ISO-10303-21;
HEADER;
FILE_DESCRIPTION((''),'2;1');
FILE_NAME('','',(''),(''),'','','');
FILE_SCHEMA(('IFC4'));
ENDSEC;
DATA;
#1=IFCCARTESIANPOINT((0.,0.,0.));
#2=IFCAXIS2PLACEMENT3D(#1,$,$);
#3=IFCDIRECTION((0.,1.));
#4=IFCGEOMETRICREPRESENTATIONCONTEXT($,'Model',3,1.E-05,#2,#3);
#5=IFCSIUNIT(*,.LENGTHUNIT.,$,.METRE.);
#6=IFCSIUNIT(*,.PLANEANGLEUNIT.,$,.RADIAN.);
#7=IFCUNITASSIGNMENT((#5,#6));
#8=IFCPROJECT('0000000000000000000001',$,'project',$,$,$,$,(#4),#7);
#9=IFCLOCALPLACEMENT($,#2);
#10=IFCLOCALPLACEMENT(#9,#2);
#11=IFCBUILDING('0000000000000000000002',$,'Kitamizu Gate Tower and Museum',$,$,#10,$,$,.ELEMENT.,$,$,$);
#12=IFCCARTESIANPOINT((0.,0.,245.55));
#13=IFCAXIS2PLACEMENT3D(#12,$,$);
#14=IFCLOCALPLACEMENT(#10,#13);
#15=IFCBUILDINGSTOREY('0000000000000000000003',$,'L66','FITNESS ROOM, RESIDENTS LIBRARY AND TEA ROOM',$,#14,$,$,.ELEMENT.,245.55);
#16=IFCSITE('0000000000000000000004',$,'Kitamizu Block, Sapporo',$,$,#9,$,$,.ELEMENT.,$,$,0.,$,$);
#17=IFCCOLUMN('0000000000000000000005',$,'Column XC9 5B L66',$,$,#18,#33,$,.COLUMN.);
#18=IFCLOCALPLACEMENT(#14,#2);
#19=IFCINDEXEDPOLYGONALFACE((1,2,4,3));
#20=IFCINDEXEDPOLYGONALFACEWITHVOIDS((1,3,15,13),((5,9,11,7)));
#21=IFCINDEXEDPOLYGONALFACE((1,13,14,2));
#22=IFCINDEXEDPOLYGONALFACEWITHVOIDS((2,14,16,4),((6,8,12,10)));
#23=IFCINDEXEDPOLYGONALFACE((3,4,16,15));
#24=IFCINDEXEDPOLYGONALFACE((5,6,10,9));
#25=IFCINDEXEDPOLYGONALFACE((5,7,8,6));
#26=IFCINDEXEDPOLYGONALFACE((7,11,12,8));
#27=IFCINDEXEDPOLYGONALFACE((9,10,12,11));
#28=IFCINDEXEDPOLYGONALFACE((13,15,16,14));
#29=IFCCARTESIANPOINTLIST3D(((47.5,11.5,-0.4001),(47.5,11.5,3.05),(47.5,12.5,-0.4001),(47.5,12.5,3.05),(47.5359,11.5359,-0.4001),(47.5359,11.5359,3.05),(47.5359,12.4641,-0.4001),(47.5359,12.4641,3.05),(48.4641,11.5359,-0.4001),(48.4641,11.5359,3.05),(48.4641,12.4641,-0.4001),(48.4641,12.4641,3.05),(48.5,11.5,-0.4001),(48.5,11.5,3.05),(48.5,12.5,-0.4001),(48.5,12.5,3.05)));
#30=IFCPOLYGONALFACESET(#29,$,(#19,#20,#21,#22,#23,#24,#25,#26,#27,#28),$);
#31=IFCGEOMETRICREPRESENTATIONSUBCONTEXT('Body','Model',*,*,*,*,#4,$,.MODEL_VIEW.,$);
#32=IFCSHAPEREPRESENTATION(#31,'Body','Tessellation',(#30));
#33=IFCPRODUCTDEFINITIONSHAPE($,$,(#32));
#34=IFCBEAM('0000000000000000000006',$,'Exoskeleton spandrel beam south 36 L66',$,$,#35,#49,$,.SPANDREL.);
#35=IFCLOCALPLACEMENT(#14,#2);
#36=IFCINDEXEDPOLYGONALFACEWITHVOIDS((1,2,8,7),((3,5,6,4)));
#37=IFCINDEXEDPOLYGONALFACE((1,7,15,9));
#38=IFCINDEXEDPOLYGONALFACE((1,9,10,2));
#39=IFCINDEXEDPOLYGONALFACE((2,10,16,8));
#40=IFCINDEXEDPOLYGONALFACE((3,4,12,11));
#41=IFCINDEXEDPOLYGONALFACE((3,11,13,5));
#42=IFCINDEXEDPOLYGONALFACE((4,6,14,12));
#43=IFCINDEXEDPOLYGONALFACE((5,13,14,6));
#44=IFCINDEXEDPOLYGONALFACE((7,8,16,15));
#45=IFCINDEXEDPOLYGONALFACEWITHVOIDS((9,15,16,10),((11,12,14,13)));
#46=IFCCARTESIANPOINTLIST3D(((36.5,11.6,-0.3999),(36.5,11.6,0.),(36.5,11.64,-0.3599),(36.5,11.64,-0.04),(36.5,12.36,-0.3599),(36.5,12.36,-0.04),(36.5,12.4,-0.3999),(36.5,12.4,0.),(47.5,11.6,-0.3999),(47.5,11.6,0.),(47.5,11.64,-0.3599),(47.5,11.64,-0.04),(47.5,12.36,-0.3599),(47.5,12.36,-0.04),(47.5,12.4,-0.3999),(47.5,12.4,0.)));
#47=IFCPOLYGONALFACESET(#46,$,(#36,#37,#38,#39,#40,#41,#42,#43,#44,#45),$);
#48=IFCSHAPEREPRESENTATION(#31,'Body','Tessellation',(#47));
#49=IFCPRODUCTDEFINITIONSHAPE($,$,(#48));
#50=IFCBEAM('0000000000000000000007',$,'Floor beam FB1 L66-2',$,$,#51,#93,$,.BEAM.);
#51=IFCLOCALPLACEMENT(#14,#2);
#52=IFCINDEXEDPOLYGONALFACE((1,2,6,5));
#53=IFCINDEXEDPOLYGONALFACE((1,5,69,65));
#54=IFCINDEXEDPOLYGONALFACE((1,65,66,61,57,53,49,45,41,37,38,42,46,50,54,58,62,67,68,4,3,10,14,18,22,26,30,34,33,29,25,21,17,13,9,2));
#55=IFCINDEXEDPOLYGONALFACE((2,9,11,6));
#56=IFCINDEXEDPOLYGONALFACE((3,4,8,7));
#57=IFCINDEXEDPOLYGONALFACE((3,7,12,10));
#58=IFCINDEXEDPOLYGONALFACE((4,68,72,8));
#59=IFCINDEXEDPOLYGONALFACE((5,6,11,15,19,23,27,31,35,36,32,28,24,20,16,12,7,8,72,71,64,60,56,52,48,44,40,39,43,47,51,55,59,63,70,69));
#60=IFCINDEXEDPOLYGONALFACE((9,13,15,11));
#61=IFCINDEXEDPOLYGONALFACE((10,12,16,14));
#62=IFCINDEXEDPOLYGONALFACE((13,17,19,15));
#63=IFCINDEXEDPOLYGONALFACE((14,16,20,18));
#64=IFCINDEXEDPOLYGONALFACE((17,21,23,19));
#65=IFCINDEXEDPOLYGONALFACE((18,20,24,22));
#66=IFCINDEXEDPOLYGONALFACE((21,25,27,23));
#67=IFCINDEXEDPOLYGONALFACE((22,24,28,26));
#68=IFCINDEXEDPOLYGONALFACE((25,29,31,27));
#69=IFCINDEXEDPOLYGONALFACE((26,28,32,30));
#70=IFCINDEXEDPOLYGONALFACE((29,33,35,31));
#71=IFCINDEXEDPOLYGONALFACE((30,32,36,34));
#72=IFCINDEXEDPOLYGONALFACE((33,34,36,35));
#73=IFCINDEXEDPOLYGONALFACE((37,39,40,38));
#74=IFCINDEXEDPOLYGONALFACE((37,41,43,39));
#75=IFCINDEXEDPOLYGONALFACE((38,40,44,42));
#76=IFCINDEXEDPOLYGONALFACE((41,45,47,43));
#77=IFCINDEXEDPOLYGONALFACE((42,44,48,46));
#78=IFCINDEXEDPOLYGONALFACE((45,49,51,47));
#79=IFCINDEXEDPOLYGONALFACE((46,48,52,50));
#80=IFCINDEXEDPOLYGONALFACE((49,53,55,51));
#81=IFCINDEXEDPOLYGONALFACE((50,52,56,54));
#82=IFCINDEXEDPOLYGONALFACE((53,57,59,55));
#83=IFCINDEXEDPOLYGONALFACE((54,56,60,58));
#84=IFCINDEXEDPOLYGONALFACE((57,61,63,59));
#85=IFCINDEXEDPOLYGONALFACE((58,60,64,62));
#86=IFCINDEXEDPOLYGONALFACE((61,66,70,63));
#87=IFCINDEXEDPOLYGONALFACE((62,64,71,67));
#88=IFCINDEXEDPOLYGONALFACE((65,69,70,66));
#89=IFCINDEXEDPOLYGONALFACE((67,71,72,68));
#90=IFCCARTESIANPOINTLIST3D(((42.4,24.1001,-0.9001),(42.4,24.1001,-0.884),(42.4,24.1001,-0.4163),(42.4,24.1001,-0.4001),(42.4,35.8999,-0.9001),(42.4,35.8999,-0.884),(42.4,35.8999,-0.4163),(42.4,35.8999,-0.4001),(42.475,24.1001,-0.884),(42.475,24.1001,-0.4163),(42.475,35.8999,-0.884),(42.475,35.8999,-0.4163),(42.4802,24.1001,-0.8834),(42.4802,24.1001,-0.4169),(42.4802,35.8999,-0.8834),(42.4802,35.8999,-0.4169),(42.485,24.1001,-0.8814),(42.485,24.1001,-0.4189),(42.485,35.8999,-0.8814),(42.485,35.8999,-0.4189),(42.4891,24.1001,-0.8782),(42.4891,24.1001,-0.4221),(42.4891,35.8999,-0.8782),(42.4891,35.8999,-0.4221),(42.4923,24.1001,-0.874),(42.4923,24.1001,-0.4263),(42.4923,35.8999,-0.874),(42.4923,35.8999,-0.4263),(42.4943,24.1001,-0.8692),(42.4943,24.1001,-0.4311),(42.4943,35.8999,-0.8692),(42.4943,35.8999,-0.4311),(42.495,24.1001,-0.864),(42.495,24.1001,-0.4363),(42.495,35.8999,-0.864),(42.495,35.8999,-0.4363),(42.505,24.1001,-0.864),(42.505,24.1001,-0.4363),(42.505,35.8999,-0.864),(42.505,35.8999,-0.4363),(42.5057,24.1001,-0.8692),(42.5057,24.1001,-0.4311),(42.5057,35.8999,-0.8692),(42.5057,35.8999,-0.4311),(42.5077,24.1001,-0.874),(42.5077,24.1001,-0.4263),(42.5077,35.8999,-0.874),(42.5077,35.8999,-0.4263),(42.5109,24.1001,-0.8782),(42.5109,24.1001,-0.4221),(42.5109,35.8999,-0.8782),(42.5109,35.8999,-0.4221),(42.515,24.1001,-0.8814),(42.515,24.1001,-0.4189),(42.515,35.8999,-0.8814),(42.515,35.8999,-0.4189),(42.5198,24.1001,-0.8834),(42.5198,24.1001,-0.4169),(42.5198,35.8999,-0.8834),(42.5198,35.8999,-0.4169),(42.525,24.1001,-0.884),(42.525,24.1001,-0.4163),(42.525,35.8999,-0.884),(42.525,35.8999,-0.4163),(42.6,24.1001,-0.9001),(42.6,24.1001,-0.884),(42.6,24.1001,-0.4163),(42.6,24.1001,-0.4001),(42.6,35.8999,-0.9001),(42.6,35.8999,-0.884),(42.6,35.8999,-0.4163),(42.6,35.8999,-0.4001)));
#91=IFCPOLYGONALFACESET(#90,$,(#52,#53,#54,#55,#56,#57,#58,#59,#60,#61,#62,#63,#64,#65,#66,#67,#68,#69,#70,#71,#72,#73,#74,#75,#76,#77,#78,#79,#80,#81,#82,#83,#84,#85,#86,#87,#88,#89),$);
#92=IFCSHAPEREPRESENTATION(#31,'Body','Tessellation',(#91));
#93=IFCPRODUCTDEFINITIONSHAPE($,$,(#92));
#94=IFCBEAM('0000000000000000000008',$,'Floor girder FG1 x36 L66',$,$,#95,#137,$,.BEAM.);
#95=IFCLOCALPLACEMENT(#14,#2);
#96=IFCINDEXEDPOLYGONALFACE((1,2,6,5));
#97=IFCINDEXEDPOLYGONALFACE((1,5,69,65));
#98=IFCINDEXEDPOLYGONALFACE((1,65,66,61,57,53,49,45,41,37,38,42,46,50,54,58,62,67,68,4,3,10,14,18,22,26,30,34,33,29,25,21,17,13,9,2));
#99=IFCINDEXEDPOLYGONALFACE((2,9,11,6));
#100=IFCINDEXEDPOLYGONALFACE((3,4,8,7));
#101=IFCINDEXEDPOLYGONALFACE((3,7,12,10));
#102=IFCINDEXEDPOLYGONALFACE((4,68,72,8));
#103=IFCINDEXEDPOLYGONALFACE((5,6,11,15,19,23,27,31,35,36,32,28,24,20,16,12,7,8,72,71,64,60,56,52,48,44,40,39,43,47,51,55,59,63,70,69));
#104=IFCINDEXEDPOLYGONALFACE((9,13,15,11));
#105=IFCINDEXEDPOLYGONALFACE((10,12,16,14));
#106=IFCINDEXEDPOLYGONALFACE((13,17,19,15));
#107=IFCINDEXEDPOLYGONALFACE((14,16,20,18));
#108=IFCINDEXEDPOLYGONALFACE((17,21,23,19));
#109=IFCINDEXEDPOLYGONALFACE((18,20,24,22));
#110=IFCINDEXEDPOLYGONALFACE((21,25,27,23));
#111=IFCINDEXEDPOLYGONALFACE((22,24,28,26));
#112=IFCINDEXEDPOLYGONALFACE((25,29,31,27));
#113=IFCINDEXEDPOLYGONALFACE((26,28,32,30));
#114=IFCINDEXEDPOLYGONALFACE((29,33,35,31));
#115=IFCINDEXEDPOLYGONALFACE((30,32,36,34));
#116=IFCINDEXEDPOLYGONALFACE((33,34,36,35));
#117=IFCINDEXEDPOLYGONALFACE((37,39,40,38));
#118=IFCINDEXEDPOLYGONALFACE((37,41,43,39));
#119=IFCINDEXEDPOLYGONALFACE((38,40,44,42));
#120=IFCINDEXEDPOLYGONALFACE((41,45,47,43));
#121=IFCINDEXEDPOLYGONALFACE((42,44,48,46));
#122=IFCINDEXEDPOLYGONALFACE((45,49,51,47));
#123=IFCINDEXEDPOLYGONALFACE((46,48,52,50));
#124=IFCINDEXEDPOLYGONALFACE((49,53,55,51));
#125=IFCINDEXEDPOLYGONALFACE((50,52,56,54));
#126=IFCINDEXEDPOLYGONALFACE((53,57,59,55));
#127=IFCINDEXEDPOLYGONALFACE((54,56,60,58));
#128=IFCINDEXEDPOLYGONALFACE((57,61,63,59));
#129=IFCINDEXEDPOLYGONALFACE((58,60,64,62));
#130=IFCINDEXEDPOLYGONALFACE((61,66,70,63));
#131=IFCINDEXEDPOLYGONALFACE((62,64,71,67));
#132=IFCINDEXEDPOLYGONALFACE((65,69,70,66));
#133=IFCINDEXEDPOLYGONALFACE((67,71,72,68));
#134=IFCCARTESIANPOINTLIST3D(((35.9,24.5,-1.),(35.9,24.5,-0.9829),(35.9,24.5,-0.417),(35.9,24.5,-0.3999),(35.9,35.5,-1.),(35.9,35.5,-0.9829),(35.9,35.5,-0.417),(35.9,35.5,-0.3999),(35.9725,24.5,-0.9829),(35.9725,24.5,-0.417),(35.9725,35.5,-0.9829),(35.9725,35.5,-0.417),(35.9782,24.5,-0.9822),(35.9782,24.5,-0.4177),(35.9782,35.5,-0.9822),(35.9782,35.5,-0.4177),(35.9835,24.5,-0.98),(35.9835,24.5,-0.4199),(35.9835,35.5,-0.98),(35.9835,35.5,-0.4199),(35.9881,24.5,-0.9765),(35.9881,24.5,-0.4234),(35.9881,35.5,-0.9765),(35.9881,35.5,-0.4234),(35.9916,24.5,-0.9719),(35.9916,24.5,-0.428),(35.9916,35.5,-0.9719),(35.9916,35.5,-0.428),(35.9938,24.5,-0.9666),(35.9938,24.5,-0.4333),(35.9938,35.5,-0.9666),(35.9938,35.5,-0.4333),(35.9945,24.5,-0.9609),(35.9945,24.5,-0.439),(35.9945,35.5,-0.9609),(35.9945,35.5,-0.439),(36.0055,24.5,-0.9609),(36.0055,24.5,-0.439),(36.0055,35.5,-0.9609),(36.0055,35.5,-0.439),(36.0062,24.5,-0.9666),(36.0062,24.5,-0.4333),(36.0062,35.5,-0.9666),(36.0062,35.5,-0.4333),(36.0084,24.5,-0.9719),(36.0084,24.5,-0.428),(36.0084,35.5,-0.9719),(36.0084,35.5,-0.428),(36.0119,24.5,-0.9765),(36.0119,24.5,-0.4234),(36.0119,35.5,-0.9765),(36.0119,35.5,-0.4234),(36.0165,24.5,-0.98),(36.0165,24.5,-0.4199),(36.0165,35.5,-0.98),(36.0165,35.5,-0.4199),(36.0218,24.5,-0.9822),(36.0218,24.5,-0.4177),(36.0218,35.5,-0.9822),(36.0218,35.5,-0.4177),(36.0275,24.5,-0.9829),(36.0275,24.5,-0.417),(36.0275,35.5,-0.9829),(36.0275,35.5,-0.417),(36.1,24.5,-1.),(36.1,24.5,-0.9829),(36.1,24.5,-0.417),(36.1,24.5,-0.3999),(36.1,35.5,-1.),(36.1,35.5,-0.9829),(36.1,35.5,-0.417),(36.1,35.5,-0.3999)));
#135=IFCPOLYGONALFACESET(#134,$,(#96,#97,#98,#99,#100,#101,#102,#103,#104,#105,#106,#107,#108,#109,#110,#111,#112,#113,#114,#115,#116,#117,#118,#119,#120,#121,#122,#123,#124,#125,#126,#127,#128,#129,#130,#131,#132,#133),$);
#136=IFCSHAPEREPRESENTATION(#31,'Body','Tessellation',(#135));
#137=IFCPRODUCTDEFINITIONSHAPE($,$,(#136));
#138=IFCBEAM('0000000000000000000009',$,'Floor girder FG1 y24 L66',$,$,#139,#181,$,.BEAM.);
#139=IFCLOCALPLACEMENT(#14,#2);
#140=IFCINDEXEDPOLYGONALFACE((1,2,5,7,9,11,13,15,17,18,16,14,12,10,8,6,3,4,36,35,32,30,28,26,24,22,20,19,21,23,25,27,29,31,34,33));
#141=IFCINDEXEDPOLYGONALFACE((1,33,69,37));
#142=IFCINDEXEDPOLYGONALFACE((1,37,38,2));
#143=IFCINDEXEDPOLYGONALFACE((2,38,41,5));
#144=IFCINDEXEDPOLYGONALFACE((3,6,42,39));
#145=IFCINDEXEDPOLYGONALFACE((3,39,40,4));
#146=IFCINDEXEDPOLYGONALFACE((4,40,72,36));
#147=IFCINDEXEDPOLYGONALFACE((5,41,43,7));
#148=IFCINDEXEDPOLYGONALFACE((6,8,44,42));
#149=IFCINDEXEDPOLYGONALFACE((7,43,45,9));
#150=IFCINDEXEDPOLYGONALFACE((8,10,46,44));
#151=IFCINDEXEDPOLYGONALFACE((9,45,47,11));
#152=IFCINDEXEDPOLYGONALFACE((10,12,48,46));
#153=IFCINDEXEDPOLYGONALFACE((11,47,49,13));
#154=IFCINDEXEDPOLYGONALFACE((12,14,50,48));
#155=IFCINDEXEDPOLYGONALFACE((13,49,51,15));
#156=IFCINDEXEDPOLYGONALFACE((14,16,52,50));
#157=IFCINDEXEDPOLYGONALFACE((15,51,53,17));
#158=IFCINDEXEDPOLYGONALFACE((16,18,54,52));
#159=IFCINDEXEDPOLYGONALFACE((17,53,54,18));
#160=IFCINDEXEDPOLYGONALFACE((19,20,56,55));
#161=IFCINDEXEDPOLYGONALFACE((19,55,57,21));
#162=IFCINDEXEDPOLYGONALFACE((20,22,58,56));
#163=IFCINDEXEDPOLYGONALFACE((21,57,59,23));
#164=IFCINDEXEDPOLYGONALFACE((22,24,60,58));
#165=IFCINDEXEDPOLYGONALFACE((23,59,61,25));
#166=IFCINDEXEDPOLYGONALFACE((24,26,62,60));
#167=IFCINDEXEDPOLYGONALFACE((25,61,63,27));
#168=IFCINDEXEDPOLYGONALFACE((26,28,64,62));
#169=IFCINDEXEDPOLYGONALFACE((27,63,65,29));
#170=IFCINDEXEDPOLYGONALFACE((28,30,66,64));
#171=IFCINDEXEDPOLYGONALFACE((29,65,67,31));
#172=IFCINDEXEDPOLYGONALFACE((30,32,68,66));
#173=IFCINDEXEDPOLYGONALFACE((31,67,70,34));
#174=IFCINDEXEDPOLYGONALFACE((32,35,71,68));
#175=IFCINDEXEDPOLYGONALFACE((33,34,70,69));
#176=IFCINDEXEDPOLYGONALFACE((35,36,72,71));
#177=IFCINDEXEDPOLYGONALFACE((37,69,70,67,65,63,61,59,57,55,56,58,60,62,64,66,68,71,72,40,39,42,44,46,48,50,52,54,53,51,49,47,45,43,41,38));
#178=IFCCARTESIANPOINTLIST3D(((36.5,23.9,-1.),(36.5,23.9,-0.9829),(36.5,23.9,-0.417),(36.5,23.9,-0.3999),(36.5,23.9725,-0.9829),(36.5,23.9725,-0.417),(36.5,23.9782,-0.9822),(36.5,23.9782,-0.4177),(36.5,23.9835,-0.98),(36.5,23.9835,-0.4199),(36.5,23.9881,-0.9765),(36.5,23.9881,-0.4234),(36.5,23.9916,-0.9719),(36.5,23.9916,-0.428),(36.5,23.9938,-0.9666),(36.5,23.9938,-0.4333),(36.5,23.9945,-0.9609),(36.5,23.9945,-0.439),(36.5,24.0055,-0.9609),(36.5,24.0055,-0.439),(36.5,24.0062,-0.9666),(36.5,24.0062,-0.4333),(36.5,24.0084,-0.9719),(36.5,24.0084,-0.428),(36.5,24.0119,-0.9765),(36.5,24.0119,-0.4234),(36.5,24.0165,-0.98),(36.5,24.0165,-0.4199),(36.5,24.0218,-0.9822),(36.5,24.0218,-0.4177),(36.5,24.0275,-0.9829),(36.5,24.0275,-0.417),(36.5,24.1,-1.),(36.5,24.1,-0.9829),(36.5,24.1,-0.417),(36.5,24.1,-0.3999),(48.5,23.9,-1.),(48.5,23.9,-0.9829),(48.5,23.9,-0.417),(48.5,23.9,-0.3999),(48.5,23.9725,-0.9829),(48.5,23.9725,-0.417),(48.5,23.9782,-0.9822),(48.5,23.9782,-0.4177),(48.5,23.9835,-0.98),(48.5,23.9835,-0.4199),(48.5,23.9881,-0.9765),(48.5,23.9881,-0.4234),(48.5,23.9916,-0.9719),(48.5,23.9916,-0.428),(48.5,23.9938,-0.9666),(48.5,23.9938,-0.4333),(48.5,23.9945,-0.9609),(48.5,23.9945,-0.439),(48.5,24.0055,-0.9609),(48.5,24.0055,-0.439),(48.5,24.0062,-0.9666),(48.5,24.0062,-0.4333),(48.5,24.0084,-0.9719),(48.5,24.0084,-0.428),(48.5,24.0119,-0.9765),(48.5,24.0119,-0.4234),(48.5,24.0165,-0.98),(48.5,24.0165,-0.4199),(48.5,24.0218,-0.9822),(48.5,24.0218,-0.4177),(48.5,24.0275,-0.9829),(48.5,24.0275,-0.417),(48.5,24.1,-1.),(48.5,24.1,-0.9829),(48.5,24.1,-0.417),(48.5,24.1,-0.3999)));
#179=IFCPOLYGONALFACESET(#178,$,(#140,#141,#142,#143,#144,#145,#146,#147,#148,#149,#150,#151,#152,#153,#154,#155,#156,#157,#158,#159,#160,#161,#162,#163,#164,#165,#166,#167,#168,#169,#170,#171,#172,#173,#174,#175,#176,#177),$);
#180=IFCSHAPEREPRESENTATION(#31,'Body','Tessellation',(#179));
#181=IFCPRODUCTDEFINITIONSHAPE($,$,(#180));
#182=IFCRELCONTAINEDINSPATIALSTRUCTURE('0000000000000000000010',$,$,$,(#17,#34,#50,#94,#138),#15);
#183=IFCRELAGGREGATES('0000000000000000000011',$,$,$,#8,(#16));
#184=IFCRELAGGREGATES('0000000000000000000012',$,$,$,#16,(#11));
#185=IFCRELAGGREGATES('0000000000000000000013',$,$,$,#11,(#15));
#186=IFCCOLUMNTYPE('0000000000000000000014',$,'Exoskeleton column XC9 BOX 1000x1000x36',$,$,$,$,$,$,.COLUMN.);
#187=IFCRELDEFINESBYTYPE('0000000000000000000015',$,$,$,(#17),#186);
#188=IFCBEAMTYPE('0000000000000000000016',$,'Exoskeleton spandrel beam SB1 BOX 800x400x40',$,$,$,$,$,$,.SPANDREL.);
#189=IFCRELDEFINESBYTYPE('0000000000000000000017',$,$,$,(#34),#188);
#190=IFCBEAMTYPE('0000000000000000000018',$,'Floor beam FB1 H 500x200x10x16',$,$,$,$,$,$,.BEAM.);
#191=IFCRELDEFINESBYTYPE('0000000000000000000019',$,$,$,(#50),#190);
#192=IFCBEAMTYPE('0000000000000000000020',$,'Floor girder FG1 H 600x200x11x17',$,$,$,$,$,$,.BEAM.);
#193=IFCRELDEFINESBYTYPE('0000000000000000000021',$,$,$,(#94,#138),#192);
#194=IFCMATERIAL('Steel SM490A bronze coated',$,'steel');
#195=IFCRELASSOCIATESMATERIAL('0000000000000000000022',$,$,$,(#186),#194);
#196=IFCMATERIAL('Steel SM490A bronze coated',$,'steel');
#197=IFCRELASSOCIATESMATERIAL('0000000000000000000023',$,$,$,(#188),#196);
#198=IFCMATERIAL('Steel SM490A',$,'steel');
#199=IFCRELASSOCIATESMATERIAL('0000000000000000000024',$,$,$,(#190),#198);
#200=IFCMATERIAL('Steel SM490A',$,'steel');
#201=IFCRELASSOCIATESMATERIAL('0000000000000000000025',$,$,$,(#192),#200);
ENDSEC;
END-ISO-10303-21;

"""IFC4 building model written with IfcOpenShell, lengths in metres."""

from ifc_helpers import new_model, si_unit, direction, frame, origin, origin_2d, place, context, subcontext, project, spatial, hollow_rectangle, i_section, extrude, material, material_profile, profile_set, type_object, element, save


model = new_model("IFC4")

# Units and contexts
model_context = context("Model", 3, precision=1e-05, world=origin(), true_north=direction((0.0, 1.0)))
body_context = subcontext(model_context, "Body", "Model", "MODEL_VIEW")
ifc_project = project(units=[si_unit("LENGTHUNIT", "METRE"), si_unit("PLANEANGLEUNIT", "RADIAN")], contexts=[model_context])

# Site, building, storey
site_placement = place(None, origin())
site = spatial("IfcSite", under=ifc_project, at=site_placement, Name="Kitamizu Block, Sapporo", CompositionType="ELEMENT", RefElevation=0.0)
building_placement = place(site_placement, origin())
building = spatial("IfcBuilding", under=site, at=building_placement, Name="Kitamizu Gate Tower and Museum", CompositionType="ELEMENT")
storey_placement = place(building_placement, frame((0.0, 0.0, 245.55)))
storey = spatial("IfcBuildingStorey", under=building, at=storey_placement, Name="L66", Description="FITNESS ROOM, RESIDENTS LIBRARY AND TEA ROOM", CompositionType="ELEMENT", Elevation=245.55)

# Column
ifc_material_1 = material(Name="Steel SM490A bronze coated", Category="steel")
ifc_material_profile_1 = material_profile(ifc_material_1, hollow_rectangle(XDim=1.0, YDim=1.0, WallThickness=0.0359, at=origin_2d()), Name="BOX 1000x1000x36")
ifc_profile_set_1 = profile_set([ifc_material_profile_1], Name="Steel SM490A bronze coated")
column_type = type_object("IfcColumnType", Name="Exoskeleton column XC9 BOX 1000x1000x36", PredefinedType="COLUMN", material=ifc_profile_set_1)
column_placement = place(storey_placement, frame((48.0, 12.0, -0.4001), z_axis=(0.0, 0.0, 1.0), x_axis=(1.0, 0.0, 0.0)))
element("IfcColumn", 1, at=column_placement, inside=storey, type_object=column_type, Name="Column XC9 5B L66", PredefinedType="COLUMN", context=body_context, shape_type="SweptSolid", body=[
    extrude(hollow_rectangle(XDim=1.0, YDim=1.0, WallThickness=0.0359, at=origin_2d()), origin(), (0.0, 0.0, 1.0), 3.4502),
])

# Beams
ifc_material_2 = material(Name="Steel SM490A bronze coated", Category="steel")
ifc_material_profile_2 = material_profile(ifc_material_2, hollow_rectangle(XDim=0.8, YDim=0.3999, WallThickness=0.04, at=origin_2d()), Name="BOX 800x400x40")
ifc_profile_set_2 = profile_set([ifc_material_profile_2], Name="Steel SM490A bronze coated")
beam_type_1 = type_object("IfcBeamType", Name="Exoskeleton spandrel beam SB1 BOX 800x400x40", PredefinedType="SPANDREL", material=ifc_profile_set_2)
beam_1_placement = place(storey_placement, frame((36.5, 12.0, -0.2), z_axis=(1.0, 0.0, 0.0), x_axis=(0.0, 1.0, 0.0)))
element("IfcBeam", 2, at=beam_1_placement, inside=storey, type_object=beam_type_1, Name="Exoskeleton spandrel beam south 36 L66", PredefinedType="SPANDREL", context=body_context, shape_type="SweptSolid", body=[
    extrude(hollow_rectangle(XDim=0.8, YDim=0.3999, WallThickness=0.04, at=origin_2d()), origin(), (0.0, 0.0, 1.0), 11.0),
])
ifc_material_3 = material(Name="Steel SM490A", Category="steel")
ifc_material_profile_3 = material_profile(ifc_material_3, i_section(OverallWidth=0.2, OverallDepth=0.5, WebThickness=0.01, FlangeThickness=0.0161, FilletRadius=0.02, at=origin_2d()), Name="H-500x200x10x16")
ifc_profile_set_3 = profile_set([ifc_material_profile_3], Name="Steel SM490A")
beam_type_2 = type_object("IfcBeamType", Name="Floor beam FB1 H 500x200x10x16", PredefinedType="BEAM", material=ifc_profile_set_3)
beam_2_placement = place(storey_placement, frame((42.5, 24.1001, -0.6501), z_axis=(0.0, 1.0, 0.0), x_axis=(-1.0, 0.0, 0.0)))
element("IfcBeam", 3, at=beam_2_placement, inside=storey, type_object=beam_type_2, Name="Floor beam FB1 L66-2", PredefinedType="BEAM", context=body_context, shape_type="SweptSolid", body=[
    extrude(i_section(OverallWidth=0.2, OverallDepth=0.5, WebThickness=0.01, FlangeThickness=0.0161, FilletRadius=0.02, at=origin_2d()), origin(), (0.0, 0.0, 1.0), 11.7998),
])
ifc_material_4 = material(Name="Steel SM490A", Category="steel")
ifc_material_profile_4 = material_profile(ifc_material_4, i_section(OverallWidth=0.2, OverallDepth=0.6001, WebThickness=0.011, FlangeThickness=0.0171, FilletRadius=0.022, at=origin_2d()), Name="H-600x200x11x17")
ifc_profile_set_4 = profile_set([ifc_material_profile_4], Name="Steel SM490A")
beam_type_3 = type_object("IfcBeamType", Name="Floor girder FG1 H 600x200x11x17", PredefinedType="BEAM", material=ifc_profile_set_4)
beam_3_placement = place(storey_placement, frame((36.0, 24.5, -0.7), z_axis=(0.0, 1.0, 0.0), x_axis=(-1.0, 0.0, 0.0)))
element("IfcBeam", 4, at=beam_3_placement, inside=storey, type_object=beam_type_3, Name="Floor girder FG1 x36 L66", PredefinedType="BEAM", context=body_context, shape_type="SweptSolid", body=[
    extrude(i_section(OverallWidth=0.2, OverallDepth=0.6001, WebThickness=0.011, FlangeThickness=0.0171, FilletRadius=0.022, at=origin_2d()), origin(), (0.0, 0.0, 1.0), 11.0),
])
beam_4_placement = place(storey_placement, frame((36.5, 24.0, -0.7), z_axis=(1.0, 0.0, 0.0), x_axis=(0.0, 1.0, 0.0)))
element("IfcBeam", 5, at=beam_4_placement, inside=storey, type_object=beam_type_3, Name="Floor girder FG1 y24 L66", PredefinedType="BEAM", context=body_context, shape_type="SweptSolid", body=[
    extrude(i_section(OverallWidth=0.2, OverallDepth=0.6001, WebThickness=0.011, FlangeThickness=0.0171, FilletRadius=0.022, at=origin_2d()), origin(), (0.0, 0.0, 1.0), 12.0),
])

save(model, "model.ifc")
